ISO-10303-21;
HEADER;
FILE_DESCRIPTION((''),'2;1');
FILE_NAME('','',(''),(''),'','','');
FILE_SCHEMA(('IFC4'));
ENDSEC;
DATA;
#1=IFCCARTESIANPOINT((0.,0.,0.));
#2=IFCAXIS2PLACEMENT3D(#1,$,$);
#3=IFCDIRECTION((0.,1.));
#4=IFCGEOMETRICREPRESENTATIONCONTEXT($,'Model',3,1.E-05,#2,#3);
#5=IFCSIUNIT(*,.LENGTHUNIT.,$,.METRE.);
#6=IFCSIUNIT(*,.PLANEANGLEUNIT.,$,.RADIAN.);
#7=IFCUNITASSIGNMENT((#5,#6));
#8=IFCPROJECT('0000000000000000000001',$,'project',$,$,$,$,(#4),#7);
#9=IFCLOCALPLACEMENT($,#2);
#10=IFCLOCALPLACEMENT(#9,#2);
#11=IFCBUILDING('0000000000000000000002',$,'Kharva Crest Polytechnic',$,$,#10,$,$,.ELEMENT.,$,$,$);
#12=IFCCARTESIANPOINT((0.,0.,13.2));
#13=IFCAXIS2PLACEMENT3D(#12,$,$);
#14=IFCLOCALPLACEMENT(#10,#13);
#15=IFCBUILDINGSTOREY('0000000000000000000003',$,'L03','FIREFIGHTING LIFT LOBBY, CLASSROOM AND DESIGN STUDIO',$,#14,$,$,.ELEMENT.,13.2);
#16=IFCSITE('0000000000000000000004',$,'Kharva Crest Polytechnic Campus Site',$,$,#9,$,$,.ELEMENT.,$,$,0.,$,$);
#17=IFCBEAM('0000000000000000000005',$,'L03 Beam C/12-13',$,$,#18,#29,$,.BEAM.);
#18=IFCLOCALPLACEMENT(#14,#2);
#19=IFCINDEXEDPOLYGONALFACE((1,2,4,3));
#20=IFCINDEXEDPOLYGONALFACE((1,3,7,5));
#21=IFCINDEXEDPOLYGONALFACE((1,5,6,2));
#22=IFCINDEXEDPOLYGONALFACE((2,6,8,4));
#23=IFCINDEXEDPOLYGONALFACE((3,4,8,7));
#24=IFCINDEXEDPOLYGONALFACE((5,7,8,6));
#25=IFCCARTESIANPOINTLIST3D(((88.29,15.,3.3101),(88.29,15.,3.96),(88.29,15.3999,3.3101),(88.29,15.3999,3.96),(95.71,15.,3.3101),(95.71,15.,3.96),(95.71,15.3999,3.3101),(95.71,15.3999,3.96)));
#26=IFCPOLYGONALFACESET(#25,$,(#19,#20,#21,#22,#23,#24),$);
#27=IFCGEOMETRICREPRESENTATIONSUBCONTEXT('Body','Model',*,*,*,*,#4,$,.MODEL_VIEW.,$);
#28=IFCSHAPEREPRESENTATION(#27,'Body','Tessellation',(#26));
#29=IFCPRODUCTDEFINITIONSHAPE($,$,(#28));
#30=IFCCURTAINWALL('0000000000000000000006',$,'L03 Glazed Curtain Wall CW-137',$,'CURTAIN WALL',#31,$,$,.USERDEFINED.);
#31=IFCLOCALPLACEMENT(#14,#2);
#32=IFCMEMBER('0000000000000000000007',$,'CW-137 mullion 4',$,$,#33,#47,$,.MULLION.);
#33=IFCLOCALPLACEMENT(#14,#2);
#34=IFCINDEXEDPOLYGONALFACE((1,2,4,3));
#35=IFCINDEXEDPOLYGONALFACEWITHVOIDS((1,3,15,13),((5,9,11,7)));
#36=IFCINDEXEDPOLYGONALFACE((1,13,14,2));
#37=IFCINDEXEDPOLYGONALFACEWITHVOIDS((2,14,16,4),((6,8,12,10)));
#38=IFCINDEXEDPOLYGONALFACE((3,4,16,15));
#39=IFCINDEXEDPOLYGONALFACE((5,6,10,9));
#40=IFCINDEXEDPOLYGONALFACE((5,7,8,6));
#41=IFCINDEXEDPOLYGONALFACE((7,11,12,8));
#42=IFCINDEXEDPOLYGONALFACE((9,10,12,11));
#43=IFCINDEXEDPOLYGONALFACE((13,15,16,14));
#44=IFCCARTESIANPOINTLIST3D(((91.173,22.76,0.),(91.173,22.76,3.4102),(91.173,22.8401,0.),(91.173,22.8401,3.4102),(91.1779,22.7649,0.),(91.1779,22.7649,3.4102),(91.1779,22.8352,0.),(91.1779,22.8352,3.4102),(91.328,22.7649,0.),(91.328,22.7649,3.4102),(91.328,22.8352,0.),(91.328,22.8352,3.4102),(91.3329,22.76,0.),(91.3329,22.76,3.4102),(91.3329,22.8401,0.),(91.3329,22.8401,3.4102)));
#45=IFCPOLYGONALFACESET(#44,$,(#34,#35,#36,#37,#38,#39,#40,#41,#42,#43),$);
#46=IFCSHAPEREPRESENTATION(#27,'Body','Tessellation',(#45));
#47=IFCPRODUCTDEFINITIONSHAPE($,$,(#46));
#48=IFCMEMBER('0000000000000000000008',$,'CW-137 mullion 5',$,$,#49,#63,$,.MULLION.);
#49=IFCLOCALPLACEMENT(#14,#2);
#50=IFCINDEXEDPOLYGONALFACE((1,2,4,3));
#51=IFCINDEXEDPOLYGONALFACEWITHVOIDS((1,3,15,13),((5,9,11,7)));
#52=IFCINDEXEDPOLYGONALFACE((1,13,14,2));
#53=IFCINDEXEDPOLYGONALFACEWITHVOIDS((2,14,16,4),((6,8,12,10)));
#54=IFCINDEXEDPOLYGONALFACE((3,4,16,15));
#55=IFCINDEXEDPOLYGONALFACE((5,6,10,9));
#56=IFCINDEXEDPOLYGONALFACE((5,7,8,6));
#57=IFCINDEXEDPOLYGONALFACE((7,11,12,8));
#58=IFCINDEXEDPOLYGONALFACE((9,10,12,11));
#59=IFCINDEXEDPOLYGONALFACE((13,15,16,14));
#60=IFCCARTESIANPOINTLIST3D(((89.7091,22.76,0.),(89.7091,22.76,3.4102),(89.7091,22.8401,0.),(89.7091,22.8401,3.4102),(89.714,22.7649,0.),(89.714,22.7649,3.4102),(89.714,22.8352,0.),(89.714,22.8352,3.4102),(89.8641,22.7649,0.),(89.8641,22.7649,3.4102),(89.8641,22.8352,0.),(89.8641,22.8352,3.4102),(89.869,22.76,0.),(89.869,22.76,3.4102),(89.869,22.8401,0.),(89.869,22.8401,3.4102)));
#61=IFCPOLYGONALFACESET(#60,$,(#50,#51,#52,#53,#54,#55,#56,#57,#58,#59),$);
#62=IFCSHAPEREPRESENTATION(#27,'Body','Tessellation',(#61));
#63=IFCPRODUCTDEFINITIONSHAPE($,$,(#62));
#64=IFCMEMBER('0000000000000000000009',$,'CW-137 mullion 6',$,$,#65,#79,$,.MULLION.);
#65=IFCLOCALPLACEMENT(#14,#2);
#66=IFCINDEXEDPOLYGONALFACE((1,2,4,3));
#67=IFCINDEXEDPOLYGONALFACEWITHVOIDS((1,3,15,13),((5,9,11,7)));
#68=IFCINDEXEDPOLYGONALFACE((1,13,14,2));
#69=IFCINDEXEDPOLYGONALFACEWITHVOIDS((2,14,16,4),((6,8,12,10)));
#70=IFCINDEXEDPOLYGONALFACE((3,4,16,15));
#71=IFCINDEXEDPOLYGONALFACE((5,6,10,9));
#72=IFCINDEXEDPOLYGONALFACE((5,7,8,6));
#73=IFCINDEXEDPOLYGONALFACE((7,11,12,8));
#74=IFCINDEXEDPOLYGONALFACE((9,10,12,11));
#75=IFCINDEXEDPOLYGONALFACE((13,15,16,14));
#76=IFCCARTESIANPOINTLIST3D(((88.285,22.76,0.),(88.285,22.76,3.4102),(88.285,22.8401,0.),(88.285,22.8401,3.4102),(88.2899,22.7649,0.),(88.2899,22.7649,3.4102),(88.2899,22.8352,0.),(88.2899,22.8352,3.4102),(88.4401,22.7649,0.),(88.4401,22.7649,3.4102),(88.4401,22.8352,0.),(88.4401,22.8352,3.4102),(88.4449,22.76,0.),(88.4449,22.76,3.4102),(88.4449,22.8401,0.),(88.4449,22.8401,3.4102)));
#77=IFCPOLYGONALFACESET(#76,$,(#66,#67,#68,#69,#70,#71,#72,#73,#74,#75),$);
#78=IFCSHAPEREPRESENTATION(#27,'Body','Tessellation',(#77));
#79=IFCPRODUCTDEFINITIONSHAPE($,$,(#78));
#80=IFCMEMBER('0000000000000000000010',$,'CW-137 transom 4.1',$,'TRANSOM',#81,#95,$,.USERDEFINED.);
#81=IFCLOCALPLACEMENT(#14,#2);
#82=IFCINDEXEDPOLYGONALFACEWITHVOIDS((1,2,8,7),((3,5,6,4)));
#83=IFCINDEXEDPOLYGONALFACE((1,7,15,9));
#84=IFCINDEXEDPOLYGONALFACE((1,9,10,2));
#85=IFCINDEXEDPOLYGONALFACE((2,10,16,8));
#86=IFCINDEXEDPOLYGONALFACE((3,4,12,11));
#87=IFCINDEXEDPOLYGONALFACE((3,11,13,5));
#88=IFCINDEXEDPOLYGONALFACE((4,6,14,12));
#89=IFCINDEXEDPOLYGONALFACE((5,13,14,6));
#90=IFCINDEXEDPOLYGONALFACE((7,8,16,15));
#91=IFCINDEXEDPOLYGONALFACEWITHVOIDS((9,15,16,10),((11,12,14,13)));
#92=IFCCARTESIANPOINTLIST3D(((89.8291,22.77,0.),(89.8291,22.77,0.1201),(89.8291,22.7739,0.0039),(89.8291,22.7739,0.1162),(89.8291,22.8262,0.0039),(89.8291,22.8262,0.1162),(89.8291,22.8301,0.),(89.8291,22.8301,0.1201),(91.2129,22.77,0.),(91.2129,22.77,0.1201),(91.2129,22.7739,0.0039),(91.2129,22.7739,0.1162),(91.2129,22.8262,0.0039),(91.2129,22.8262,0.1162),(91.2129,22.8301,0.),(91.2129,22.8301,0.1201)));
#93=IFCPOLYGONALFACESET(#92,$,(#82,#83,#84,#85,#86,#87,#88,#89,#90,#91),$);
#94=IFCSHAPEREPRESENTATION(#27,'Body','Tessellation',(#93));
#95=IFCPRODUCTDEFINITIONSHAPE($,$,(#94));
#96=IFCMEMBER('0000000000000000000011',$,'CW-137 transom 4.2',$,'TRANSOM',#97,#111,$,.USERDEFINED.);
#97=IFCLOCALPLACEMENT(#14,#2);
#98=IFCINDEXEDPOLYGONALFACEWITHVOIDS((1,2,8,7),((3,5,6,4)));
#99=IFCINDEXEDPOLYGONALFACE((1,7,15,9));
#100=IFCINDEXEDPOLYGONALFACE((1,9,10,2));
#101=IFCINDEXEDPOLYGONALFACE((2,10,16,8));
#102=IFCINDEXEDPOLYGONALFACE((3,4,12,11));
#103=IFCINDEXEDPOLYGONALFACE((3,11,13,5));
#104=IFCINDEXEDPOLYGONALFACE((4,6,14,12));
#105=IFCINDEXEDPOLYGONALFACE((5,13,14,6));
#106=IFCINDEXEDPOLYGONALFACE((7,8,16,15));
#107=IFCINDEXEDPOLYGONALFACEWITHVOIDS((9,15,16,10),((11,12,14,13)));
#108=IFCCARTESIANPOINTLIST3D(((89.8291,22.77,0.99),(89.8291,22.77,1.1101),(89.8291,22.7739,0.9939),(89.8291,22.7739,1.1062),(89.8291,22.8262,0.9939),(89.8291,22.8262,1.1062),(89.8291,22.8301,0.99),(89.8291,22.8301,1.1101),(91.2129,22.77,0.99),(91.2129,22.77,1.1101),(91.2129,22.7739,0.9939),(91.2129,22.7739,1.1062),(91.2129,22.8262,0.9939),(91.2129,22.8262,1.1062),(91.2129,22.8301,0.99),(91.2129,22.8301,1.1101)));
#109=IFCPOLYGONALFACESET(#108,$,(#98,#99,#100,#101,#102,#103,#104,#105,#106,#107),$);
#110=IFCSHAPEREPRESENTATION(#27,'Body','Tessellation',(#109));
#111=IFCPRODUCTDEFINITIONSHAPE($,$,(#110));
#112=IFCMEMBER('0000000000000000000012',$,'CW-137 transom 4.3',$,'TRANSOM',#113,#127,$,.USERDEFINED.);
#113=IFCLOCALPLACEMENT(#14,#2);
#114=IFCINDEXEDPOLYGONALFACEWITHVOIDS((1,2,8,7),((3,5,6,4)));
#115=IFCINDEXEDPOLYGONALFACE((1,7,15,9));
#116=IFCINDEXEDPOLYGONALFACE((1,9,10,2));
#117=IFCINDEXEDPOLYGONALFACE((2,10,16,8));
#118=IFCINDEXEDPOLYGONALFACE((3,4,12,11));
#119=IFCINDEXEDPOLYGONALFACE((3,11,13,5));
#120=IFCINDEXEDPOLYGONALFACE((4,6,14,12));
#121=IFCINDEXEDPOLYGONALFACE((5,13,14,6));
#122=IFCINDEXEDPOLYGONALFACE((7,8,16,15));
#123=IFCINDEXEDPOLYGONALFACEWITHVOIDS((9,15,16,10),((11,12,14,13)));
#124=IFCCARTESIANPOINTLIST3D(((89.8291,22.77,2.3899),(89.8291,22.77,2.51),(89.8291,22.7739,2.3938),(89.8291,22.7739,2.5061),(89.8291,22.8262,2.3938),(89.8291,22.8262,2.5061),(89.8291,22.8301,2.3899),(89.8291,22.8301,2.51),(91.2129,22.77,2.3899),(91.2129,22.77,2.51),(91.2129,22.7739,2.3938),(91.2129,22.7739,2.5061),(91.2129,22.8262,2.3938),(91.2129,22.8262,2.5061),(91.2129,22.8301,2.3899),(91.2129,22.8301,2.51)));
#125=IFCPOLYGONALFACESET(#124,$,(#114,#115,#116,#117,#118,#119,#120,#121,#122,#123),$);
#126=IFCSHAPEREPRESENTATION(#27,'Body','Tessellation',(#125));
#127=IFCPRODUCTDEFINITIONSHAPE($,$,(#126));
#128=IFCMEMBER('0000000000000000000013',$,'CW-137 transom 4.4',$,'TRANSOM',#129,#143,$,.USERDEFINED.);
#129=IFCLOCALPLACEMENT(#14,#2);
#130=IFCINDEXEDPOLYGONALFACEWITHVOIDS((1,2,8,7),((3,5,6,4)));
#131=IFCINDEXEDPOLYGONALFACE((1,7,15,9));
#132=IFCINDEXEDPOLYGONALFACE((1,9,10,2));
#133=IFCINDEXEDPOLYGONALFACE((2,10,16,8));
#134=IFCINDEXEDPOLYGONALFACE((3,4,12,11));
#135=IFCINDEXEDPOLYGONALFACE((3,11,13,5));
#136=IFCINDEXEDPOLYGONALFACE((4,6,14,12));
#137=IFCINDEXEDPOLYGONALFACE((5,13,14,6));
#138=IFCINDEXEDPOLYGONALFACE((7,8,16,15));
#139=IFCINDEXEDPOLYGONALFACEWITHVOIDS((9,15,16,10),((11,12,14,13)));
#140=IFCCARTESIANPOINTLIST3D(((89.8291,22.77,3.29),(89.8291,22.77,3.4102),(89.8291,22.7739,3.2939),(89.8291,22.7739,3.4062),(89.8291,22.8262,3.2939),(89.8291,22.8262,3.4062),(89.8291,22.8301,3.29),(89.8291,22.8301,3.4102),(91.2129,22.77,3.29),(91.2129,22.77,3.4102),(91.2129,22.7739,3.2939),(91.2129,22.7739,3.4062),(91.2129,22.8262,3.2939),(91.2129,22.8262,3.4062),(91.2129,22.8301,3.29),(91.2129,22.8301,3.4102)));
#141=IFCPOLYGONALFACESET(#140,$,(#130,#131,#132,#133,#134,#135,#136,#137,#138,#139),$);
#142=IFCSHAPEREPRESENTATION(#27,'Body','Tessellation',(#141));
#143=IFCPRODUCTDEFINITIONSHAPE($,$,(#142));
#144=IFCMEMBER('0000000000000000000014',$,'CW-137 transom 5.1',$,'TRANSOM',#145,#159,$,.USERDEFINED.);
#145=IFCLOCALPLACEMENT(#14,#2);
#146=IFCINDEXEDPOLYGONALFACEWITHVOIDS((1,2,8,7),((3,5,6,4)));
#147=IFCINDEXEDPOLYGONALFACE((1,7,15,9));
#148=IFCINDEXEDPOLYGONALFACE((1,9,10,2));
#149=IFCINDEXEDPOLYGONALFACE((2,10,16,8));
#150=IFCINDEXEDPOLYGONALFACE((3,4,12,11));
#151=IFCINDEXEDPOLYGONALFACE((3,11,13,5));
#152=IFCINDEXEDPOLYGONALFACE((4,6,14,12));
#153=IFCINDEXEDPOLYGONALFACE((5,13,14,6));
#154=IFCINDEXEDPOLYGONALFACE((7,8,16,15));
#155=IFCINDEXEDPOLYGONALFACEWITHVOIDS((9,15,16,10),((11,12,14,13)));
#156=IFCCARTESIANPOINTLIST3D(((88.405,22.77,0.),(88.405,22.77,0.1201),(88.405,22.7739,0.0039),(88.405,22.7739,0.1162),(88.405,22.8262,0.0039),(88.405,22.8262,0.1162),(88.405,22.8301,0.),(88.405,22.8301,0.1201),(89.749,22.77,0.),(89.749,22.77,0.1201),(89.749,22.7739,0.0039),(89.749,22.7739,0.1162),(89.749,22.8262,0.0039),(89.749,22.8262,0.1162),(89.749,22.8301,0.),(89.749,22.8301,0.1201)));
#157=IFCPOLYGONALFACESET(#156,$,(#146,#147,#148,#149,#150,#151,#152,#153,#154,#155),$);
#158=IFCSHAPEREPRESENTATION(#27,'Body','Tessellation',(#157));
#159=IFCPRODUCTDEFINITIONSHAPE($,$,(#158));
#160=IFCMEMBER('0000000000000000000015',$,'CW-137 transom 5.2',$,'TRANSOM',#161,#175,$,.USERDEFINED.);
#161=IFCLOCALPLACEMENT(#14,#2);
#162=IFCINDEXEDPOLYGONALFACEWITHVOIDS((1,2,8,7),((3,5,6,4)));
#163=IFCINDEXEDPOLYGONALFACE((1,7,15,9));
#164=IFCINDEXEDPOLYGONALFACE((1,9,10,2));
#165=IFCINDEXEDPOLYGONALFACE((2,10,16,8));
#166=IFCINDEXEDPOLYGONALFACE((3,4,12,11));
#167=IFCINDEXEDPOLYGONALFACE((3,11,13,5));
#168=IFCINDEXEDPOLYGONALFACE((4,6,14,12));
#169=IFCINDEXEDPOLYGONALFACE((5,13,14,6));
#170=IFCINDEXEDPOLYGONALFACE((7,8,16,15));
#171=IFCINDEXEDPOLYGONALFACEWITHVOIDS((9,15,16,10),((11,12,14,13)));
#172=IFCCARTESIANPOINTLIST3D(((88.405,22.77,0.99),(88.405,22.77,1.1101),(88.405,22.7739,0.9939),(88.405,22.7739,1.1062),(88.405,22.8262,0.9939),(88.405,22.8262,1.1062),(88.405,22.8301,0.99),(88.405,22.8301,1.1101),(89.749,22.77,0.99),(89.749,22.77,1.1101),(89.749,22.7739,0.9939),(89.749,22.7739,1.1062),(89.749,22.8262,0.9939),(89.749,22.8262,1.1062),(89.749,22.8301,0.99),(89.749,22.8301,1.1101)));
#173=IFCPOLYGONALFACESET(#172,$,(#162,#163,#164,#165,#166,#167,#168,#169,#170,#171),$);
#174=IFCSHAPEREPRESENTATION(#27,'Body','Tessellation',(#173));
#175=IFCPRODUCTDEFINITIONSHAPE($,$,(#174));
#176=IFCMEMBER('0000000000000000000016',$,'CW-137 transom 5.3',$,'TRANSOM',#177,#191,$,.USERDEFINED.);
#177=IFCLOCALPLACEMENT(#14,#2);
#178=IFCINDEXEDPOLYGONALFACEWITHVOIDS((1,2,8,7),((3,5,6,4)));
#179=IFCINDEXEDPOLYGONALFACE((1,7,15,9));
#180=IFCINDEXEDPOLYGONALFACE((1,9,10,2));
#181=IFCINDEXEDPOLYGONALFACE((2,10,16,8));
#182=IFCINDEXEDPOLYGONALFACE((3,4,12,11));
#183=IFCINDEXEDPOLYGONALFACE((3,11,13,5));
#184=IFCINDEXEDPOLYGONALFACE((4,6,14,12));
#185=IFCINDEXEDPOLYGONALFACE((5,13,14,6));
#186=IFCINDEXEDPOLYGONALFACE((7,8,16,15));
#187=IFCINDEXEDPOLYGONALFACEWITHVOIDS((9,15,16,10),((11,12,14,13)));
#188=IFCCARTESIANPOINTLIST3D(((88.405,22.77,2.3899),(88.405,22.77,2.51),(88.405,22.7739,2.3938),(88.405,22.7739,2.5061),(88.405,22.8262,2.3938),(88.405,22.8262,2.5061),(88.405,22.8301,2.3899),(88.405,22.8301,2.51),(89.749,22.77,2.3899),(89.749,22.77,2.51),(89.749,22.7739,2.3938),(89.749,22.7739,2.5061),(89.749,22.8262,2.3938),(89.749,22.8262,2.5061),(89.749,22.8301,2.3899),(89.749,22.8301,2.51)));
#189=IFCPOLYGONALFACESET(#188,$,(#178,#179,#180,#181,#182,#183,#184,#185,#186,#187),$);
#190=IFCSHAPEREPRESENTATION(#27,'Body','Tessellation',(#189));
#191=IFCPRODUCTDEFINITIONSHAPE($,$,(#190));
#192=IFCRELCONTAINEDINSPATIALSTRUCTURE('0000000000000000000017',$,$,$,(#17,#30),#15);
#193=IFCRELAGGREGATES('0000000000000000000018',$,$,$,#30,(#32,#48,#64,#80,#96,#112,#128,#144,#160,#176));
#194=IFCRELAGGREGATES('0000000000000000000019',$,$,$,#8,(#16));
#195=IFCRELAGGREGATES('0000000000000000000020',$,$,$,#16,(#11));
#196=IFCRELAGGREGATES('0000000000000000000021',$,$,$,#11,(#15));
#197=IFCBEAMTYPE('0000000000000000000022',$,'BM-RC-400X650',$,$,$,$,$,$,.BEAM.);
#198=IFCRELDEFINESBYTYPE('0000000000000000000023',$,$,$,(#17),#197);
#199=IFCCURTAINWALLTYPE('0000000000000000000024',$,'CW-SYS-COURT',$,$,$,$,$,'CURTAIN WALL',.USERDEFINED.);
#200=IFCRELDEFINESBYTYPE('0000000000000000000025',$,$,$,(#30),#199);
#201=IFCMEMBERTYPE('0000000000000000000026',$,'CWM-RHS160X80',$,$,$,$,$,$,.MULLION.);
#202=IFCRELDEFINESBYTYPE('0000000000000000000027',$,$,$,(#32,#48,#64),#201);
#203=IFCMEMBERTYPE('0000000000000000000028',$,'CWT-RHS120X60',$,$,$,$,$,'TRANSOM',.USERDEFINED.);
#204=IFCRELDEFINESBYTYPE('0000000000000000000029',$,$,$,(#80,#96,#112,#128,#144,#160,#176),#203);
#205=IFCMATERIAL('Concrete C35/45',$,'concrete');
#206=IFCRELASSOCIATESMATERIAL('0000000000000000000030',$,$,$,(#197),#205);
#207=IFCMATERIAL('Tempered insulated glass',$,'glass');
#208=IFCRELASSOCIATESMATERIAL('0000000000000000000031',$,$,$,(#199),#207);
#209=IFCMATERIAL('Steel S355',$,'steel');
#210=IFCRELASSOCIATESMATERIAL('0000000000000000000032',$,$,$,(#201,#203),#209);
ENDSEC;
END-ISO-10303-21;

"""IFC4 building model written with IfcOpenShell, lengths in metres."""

from ifc_helpers import new_model, si_unit, direction, frame, origin, origin_2d, place, context, subcontext, project, spatial, rectangle, hollow_rectangle, extrude, material, material_profile, profile_set, type_object, element, aggregate, save


model = new_model("IFC4")

# Units and contexts
model_context = context("Model", 3, precision=1e-05, world=origin(), true_north=direction((0.0, 1.0)))
body_context = subcontext(model_context, "Body", "Model", "MODEL_VIEW")
ifc_project = project(units=[si_unit("LENGTHUNIT", "METRE"), si_unit("PLANEANGLEUNIT", "RADIAN")], contexts=[model_context])

# Site, building, storey
site_placement = place(None, origin())
site = spatial("IfcSite", under=ifc_project, at=site_placement, Name="Kharva Crest Polytechnic Campus Site", CompositionType="ELEMENT", RefElevation=0.0)
building_placement = place(site_placement, origin())
building = spatial("IfcBuilding", under=site, at=building_placement, Name="Kharva Crest Polytechnic", CompositionType="ELEMENT")
storey_placement = place(building_placement, frame((0.0, 0.0, 13.2)))
storey = spatial("IfcBuildingStorey", under=building, at=storey_placement, Name="L03", Description="FIREFIGHTING LIFT LOBBY, CLASSROOM AND DESIGN STUDIO", CompositionType="ELEMENT", Elevation=13.2)

# Beam
ifc_material_1 = material(Name="Concrete C35/45", Category="concrete")
ifc_material_profile_1 = material_profile(ifc_material_1, rectangle(XDim=0.3999, YDim=0.6499, at=origin_2d()), Name="RECT 400 X 650")
ifc_profile_set_1 = profile_set([ifc_material_profile_1], Name="Concrete C35/45")
beam_type_1 = type_object("IfcBeamType", Name="BM-RC-400X650", PredefinedType="BEAM", material=ifc_profile_set_1)
beam_1_placement = place(storey_placement, frame((88.29, 15.2, 3.635), z_axis=(1.0, 0.0, 0.0), x_axis=(0.0, 1.0, 0.0)))
element("IfcBeam", 1, at=beam_1_placement, inside=storey, type_object=beam_type_1, Name="L03 Beam C/12-13", PredefinedType="BEAM", context=body_context, shape_type="SweptSolid", body=[
    extrude(rectangle(XDim=0.3999, YDim=0.6499, at=origin_2d()), origin(), (0.0, 0.0, 1.0), 7.4199),
])

# Curtain wall, members
ifc_material_2 = material(Name="Tempered insulated glass", Category="glass")
curtain_wall_type = type_object("IfcCurtainWallType", Name="CW-SYS-COURT", ElementType="CURTAIN WALL", PredefinedType="USERDEFINED", material=ifc_material_2)
curtain_wall_placement = place(storey_placement, origin())
curtain_wall = element("IfcCurtainWall", 2, at=curtain_wall_placement, inside=storey, type_object=curtain_wall_type, Name="L03 Glazed Curtain Wall CW-137", ObjectType="CURTAIN WALL", PredefinedType="USERDEFINED")
ifc_material_3 = material(Name="Steel S355", Category="steel")
ifc_material_profile_2 = material_profile(ifc_material_3, hollow_rectangle(XDim=0.0801, YDim=0.1599, WallThickness=0.0049, at=origin_2d()), Name="RHS 160X80X5.0")
ifc_profile_set_2 = profile_set([ifc_material_profile_2], Name="Steel S355")
member_type_1 = type_object("IfcMemberType", Name="CWM-RHS160X80", PredefinedType="MULLION", material=ifc_profile_set_2)
member_1_placement = place(storey_placement, frame((91.2529, 22.8, 0.0), z_axis=(0.0, 0.0, 1.0), x_axis=(0.0, -1.0, 0.0)))
member_1 = element("IfcMember", 3, at=member_1_placement, type_object=member_type_1, Name="CW-137 mullion 4", PredefinedType="MULLION", context=body_context, shape_type="SweptSolid", body=[
    extrude(hollow_rectangle(XDim=0.0801, YDim=0.1599, WallThickness=0.0049, at=origin_2d()), origin(), (0.0, 0.0, 1.0), 3.4102),
])
member_2_placement = place(storey_placement, frame((89.7891, 22.8, 0.0), z_axis=(0.0, 0.0, 1.0), x_axis=(0.0, -1.0, 0.0)))
member_2 = element("IfcMember", 4, at=member_2_placement, type_object=member_type_1, Name="CW-137 mullion 5", PredefinedType="MULLION", context=body_context, shape_type="SweptSolid", body=[
    extrude(hollow_rectangle(XDim=0.0801, YDim=0.1599, WallThickness=0.0049, at=origin_2d()), origin(), (0.0, 0.0, 1.0), 3.4102),
])
member_3_placement = place(storey_placement, frame((88.365, 22.8, 0.0), z_axis=(0.0, 0.0, 1.0), x_axis=(0.0, -1.0, 0.0)))
member_3 = element("IfcMember", 5, at=member_3_placement, type_object=member_type_1, Name="CW-137 mullion 6", PredefinedType="MULLION", context=body_context, shape_type="SweptSolid", body=[
    extrude(hollow_rectangle(XDim=0.0801, YDim=0.1599, WallThickness=0.0049, at=origin_2d()), origin(), (0.0, 0.0, 1.0), 3.4102),
])
ifc_material_profile_3 = material_profile(ifc_material_3, hollow_rectangle(XDim=0.0601, YDim=0.1201, WallThickness=0.0039, at=origin_2d()), Name="RHS 120X60X4.0")
ifc_profile_set_3 = profile_set([ifc_material_profile_3], Name="Steel S355")
member_type_2 = type_object("IfcMemberType", Name="CWT-RHS120X60", ElementType="TRANSOM", PredefinedType="USERDEFINED", material=ifc_profile_set_3)
member_4_placement = place(storey_placement, frame((91.2129, 22.8, 0.0601), z_axis=(-1.0, 0.0, 0.0), x_axis=(0.0, -1.0, 0.0)))
member_4 = element("IfcMember", 6, at=member_4_placement, type_object=member_type_2, Name="CW-137 transom 4.1", ObjectType="TRANSOM", PredefinedType="USERDEFINED", context=body_context, shape_type="SweptSolid", body=[
    extrude(hollow_rectangle(XDim=0.0601, YDim=0.1201, WallThickness=0.0039, at=origin_2d()), origin(), (0.0, 0.0, 1.0), 1.3838),
])
member_5_placement = place(storey_placement, frame((91.2129, 22.8, 1.05), z_axis=(-1.0, 0.0, 0.0), x_axis=(0.0, -1.0, 0.0)))
member_5 = element("IfcMember", 7, at=member_5_placement, type_object=member_type_2, Name="CW-137 transom 4.2", ObjectType="TRANSOM", PredefinedType="USERDEFINED", context=body_context, shape_type="SweptSolid", body=[
    extrude(hollow_rectangle(XDim=0.0601, YDim=0.1201, WallThickness=0.0039, at=origin_2d()), origin(), (0.0, 0.0, 1.0), 1.3838),
])
member_6_placement = place(storey_placement, frame((91.2129, 22.8, 2.45), z_axis=(-1.0, 0.0, 0.0), x_axis=(0.0, -1.0, 0.0)))
member_6 = element("IfcMember", 8, at=member_6_placement, type_object=member_type_2, Name="CW-137 transom 4.3", ObjectType="TRANSOM", PredefinedType="USERDEFINED", context=body_context, shape_type="SweptSolid", body=[
    extrude(hollow_rectangle(XDim=0.0601, YDim=0.1201, WallThickness=0.0039, at=origin_2d()), origin(), (0.0, 0.0, 1.0), 1.3838),
])
member_7_placement = place(storey_placement, frame((91.2129, 22.8, 3.3501), z_axis=(-1.0, 0.0, 0.0), x_axis=(0.0, -1.0, 0.0)))
member_7 = element("IfcMember", 9, at=member_7_placement, type_object=member_type_2, Name="CW-137 transom 4.4", ObjectType="TRANSOM", PredefinedType="USERDEFINED", context=body_context, shape_type="SweptSolid", body=[
    extrude(hollow_rectangle(XDim=0.0601, YDim=0.1201, WallThickness=0.0039, at=origin_2d()), origin(), (0.0, 0.0, 1.0), 1.3838),
])
member_8_placement = place(storey_placement, frame((89.749, 22.8, 0.0601), z_axis=(-1.0, 0.0, 0.0), x_axis=(0.0, -1.0, 0.0)))
member_8 = element("IfcMember", 10, at=member_8_placement, type_object=member_type_2, Name="CW-137 transom 5.1", ObjectType="TRANSOM", PredefinedType="USERDEFINED", context=body_context, shape_type="SweptSolid", body=[
    extrude(hollow_rectangle(XDim=0.0601, YDim=0.1201, WallThickness=0.0039, at=origin_2d()), origin(), (0.0, 0.0, 1.0), 1.344),
])
member_9_placement = place(storey_placement, frame((89.749, 22.8, 1.05), z_axis=(-1.0, 0.0, 0.0), x_axis=(0.0, -1.0, 0.0)))
member_9 = element("IfcMember", 11, at=member_9_placement, type_object=member_type_2, Name="CW-137 transom 5.2", ObjectType="TRANSOM", PredefinedType="USERDEFINED", context=body_context, shape_type="SweptSolid", body=[
    extrude(hollow_rectangle(XDim=0.0601, YDim=0.1201, WallThickness=0.0039, at=origin_2d()), origin(), (0.0, 0.0, 1.0), 1.344),
])
member_10_placement = place(storey_placement, frame((89.749, 22.8, 2.45), z_axis=(-1.0, 0.0, 0.0), x_axis=(0.0, -1.0, 0.0)))
member_10 = element("IfcMember", 12, at=member_10_placement, type_object=member_type_2, Name="CW-137 transom 5.3", ObjectType="TRANSOM", PredefinedType="USERDEFINED", context=body_context, shape_type="SweptSolid", body=[
    extrude(hollow_rectangle(XDim=0.0601, YDim=0.1201, WallThickness=0.0039, at=origin_2d()), origin(), (0.0, 0.0, 1.0), 1.344),
])

aggregate(curtain_wall, [member_1, member_2, member_3, member_4, member_5, member_6, member_7, member_8, member_9, member_10])

save(model, "model.ifc")
